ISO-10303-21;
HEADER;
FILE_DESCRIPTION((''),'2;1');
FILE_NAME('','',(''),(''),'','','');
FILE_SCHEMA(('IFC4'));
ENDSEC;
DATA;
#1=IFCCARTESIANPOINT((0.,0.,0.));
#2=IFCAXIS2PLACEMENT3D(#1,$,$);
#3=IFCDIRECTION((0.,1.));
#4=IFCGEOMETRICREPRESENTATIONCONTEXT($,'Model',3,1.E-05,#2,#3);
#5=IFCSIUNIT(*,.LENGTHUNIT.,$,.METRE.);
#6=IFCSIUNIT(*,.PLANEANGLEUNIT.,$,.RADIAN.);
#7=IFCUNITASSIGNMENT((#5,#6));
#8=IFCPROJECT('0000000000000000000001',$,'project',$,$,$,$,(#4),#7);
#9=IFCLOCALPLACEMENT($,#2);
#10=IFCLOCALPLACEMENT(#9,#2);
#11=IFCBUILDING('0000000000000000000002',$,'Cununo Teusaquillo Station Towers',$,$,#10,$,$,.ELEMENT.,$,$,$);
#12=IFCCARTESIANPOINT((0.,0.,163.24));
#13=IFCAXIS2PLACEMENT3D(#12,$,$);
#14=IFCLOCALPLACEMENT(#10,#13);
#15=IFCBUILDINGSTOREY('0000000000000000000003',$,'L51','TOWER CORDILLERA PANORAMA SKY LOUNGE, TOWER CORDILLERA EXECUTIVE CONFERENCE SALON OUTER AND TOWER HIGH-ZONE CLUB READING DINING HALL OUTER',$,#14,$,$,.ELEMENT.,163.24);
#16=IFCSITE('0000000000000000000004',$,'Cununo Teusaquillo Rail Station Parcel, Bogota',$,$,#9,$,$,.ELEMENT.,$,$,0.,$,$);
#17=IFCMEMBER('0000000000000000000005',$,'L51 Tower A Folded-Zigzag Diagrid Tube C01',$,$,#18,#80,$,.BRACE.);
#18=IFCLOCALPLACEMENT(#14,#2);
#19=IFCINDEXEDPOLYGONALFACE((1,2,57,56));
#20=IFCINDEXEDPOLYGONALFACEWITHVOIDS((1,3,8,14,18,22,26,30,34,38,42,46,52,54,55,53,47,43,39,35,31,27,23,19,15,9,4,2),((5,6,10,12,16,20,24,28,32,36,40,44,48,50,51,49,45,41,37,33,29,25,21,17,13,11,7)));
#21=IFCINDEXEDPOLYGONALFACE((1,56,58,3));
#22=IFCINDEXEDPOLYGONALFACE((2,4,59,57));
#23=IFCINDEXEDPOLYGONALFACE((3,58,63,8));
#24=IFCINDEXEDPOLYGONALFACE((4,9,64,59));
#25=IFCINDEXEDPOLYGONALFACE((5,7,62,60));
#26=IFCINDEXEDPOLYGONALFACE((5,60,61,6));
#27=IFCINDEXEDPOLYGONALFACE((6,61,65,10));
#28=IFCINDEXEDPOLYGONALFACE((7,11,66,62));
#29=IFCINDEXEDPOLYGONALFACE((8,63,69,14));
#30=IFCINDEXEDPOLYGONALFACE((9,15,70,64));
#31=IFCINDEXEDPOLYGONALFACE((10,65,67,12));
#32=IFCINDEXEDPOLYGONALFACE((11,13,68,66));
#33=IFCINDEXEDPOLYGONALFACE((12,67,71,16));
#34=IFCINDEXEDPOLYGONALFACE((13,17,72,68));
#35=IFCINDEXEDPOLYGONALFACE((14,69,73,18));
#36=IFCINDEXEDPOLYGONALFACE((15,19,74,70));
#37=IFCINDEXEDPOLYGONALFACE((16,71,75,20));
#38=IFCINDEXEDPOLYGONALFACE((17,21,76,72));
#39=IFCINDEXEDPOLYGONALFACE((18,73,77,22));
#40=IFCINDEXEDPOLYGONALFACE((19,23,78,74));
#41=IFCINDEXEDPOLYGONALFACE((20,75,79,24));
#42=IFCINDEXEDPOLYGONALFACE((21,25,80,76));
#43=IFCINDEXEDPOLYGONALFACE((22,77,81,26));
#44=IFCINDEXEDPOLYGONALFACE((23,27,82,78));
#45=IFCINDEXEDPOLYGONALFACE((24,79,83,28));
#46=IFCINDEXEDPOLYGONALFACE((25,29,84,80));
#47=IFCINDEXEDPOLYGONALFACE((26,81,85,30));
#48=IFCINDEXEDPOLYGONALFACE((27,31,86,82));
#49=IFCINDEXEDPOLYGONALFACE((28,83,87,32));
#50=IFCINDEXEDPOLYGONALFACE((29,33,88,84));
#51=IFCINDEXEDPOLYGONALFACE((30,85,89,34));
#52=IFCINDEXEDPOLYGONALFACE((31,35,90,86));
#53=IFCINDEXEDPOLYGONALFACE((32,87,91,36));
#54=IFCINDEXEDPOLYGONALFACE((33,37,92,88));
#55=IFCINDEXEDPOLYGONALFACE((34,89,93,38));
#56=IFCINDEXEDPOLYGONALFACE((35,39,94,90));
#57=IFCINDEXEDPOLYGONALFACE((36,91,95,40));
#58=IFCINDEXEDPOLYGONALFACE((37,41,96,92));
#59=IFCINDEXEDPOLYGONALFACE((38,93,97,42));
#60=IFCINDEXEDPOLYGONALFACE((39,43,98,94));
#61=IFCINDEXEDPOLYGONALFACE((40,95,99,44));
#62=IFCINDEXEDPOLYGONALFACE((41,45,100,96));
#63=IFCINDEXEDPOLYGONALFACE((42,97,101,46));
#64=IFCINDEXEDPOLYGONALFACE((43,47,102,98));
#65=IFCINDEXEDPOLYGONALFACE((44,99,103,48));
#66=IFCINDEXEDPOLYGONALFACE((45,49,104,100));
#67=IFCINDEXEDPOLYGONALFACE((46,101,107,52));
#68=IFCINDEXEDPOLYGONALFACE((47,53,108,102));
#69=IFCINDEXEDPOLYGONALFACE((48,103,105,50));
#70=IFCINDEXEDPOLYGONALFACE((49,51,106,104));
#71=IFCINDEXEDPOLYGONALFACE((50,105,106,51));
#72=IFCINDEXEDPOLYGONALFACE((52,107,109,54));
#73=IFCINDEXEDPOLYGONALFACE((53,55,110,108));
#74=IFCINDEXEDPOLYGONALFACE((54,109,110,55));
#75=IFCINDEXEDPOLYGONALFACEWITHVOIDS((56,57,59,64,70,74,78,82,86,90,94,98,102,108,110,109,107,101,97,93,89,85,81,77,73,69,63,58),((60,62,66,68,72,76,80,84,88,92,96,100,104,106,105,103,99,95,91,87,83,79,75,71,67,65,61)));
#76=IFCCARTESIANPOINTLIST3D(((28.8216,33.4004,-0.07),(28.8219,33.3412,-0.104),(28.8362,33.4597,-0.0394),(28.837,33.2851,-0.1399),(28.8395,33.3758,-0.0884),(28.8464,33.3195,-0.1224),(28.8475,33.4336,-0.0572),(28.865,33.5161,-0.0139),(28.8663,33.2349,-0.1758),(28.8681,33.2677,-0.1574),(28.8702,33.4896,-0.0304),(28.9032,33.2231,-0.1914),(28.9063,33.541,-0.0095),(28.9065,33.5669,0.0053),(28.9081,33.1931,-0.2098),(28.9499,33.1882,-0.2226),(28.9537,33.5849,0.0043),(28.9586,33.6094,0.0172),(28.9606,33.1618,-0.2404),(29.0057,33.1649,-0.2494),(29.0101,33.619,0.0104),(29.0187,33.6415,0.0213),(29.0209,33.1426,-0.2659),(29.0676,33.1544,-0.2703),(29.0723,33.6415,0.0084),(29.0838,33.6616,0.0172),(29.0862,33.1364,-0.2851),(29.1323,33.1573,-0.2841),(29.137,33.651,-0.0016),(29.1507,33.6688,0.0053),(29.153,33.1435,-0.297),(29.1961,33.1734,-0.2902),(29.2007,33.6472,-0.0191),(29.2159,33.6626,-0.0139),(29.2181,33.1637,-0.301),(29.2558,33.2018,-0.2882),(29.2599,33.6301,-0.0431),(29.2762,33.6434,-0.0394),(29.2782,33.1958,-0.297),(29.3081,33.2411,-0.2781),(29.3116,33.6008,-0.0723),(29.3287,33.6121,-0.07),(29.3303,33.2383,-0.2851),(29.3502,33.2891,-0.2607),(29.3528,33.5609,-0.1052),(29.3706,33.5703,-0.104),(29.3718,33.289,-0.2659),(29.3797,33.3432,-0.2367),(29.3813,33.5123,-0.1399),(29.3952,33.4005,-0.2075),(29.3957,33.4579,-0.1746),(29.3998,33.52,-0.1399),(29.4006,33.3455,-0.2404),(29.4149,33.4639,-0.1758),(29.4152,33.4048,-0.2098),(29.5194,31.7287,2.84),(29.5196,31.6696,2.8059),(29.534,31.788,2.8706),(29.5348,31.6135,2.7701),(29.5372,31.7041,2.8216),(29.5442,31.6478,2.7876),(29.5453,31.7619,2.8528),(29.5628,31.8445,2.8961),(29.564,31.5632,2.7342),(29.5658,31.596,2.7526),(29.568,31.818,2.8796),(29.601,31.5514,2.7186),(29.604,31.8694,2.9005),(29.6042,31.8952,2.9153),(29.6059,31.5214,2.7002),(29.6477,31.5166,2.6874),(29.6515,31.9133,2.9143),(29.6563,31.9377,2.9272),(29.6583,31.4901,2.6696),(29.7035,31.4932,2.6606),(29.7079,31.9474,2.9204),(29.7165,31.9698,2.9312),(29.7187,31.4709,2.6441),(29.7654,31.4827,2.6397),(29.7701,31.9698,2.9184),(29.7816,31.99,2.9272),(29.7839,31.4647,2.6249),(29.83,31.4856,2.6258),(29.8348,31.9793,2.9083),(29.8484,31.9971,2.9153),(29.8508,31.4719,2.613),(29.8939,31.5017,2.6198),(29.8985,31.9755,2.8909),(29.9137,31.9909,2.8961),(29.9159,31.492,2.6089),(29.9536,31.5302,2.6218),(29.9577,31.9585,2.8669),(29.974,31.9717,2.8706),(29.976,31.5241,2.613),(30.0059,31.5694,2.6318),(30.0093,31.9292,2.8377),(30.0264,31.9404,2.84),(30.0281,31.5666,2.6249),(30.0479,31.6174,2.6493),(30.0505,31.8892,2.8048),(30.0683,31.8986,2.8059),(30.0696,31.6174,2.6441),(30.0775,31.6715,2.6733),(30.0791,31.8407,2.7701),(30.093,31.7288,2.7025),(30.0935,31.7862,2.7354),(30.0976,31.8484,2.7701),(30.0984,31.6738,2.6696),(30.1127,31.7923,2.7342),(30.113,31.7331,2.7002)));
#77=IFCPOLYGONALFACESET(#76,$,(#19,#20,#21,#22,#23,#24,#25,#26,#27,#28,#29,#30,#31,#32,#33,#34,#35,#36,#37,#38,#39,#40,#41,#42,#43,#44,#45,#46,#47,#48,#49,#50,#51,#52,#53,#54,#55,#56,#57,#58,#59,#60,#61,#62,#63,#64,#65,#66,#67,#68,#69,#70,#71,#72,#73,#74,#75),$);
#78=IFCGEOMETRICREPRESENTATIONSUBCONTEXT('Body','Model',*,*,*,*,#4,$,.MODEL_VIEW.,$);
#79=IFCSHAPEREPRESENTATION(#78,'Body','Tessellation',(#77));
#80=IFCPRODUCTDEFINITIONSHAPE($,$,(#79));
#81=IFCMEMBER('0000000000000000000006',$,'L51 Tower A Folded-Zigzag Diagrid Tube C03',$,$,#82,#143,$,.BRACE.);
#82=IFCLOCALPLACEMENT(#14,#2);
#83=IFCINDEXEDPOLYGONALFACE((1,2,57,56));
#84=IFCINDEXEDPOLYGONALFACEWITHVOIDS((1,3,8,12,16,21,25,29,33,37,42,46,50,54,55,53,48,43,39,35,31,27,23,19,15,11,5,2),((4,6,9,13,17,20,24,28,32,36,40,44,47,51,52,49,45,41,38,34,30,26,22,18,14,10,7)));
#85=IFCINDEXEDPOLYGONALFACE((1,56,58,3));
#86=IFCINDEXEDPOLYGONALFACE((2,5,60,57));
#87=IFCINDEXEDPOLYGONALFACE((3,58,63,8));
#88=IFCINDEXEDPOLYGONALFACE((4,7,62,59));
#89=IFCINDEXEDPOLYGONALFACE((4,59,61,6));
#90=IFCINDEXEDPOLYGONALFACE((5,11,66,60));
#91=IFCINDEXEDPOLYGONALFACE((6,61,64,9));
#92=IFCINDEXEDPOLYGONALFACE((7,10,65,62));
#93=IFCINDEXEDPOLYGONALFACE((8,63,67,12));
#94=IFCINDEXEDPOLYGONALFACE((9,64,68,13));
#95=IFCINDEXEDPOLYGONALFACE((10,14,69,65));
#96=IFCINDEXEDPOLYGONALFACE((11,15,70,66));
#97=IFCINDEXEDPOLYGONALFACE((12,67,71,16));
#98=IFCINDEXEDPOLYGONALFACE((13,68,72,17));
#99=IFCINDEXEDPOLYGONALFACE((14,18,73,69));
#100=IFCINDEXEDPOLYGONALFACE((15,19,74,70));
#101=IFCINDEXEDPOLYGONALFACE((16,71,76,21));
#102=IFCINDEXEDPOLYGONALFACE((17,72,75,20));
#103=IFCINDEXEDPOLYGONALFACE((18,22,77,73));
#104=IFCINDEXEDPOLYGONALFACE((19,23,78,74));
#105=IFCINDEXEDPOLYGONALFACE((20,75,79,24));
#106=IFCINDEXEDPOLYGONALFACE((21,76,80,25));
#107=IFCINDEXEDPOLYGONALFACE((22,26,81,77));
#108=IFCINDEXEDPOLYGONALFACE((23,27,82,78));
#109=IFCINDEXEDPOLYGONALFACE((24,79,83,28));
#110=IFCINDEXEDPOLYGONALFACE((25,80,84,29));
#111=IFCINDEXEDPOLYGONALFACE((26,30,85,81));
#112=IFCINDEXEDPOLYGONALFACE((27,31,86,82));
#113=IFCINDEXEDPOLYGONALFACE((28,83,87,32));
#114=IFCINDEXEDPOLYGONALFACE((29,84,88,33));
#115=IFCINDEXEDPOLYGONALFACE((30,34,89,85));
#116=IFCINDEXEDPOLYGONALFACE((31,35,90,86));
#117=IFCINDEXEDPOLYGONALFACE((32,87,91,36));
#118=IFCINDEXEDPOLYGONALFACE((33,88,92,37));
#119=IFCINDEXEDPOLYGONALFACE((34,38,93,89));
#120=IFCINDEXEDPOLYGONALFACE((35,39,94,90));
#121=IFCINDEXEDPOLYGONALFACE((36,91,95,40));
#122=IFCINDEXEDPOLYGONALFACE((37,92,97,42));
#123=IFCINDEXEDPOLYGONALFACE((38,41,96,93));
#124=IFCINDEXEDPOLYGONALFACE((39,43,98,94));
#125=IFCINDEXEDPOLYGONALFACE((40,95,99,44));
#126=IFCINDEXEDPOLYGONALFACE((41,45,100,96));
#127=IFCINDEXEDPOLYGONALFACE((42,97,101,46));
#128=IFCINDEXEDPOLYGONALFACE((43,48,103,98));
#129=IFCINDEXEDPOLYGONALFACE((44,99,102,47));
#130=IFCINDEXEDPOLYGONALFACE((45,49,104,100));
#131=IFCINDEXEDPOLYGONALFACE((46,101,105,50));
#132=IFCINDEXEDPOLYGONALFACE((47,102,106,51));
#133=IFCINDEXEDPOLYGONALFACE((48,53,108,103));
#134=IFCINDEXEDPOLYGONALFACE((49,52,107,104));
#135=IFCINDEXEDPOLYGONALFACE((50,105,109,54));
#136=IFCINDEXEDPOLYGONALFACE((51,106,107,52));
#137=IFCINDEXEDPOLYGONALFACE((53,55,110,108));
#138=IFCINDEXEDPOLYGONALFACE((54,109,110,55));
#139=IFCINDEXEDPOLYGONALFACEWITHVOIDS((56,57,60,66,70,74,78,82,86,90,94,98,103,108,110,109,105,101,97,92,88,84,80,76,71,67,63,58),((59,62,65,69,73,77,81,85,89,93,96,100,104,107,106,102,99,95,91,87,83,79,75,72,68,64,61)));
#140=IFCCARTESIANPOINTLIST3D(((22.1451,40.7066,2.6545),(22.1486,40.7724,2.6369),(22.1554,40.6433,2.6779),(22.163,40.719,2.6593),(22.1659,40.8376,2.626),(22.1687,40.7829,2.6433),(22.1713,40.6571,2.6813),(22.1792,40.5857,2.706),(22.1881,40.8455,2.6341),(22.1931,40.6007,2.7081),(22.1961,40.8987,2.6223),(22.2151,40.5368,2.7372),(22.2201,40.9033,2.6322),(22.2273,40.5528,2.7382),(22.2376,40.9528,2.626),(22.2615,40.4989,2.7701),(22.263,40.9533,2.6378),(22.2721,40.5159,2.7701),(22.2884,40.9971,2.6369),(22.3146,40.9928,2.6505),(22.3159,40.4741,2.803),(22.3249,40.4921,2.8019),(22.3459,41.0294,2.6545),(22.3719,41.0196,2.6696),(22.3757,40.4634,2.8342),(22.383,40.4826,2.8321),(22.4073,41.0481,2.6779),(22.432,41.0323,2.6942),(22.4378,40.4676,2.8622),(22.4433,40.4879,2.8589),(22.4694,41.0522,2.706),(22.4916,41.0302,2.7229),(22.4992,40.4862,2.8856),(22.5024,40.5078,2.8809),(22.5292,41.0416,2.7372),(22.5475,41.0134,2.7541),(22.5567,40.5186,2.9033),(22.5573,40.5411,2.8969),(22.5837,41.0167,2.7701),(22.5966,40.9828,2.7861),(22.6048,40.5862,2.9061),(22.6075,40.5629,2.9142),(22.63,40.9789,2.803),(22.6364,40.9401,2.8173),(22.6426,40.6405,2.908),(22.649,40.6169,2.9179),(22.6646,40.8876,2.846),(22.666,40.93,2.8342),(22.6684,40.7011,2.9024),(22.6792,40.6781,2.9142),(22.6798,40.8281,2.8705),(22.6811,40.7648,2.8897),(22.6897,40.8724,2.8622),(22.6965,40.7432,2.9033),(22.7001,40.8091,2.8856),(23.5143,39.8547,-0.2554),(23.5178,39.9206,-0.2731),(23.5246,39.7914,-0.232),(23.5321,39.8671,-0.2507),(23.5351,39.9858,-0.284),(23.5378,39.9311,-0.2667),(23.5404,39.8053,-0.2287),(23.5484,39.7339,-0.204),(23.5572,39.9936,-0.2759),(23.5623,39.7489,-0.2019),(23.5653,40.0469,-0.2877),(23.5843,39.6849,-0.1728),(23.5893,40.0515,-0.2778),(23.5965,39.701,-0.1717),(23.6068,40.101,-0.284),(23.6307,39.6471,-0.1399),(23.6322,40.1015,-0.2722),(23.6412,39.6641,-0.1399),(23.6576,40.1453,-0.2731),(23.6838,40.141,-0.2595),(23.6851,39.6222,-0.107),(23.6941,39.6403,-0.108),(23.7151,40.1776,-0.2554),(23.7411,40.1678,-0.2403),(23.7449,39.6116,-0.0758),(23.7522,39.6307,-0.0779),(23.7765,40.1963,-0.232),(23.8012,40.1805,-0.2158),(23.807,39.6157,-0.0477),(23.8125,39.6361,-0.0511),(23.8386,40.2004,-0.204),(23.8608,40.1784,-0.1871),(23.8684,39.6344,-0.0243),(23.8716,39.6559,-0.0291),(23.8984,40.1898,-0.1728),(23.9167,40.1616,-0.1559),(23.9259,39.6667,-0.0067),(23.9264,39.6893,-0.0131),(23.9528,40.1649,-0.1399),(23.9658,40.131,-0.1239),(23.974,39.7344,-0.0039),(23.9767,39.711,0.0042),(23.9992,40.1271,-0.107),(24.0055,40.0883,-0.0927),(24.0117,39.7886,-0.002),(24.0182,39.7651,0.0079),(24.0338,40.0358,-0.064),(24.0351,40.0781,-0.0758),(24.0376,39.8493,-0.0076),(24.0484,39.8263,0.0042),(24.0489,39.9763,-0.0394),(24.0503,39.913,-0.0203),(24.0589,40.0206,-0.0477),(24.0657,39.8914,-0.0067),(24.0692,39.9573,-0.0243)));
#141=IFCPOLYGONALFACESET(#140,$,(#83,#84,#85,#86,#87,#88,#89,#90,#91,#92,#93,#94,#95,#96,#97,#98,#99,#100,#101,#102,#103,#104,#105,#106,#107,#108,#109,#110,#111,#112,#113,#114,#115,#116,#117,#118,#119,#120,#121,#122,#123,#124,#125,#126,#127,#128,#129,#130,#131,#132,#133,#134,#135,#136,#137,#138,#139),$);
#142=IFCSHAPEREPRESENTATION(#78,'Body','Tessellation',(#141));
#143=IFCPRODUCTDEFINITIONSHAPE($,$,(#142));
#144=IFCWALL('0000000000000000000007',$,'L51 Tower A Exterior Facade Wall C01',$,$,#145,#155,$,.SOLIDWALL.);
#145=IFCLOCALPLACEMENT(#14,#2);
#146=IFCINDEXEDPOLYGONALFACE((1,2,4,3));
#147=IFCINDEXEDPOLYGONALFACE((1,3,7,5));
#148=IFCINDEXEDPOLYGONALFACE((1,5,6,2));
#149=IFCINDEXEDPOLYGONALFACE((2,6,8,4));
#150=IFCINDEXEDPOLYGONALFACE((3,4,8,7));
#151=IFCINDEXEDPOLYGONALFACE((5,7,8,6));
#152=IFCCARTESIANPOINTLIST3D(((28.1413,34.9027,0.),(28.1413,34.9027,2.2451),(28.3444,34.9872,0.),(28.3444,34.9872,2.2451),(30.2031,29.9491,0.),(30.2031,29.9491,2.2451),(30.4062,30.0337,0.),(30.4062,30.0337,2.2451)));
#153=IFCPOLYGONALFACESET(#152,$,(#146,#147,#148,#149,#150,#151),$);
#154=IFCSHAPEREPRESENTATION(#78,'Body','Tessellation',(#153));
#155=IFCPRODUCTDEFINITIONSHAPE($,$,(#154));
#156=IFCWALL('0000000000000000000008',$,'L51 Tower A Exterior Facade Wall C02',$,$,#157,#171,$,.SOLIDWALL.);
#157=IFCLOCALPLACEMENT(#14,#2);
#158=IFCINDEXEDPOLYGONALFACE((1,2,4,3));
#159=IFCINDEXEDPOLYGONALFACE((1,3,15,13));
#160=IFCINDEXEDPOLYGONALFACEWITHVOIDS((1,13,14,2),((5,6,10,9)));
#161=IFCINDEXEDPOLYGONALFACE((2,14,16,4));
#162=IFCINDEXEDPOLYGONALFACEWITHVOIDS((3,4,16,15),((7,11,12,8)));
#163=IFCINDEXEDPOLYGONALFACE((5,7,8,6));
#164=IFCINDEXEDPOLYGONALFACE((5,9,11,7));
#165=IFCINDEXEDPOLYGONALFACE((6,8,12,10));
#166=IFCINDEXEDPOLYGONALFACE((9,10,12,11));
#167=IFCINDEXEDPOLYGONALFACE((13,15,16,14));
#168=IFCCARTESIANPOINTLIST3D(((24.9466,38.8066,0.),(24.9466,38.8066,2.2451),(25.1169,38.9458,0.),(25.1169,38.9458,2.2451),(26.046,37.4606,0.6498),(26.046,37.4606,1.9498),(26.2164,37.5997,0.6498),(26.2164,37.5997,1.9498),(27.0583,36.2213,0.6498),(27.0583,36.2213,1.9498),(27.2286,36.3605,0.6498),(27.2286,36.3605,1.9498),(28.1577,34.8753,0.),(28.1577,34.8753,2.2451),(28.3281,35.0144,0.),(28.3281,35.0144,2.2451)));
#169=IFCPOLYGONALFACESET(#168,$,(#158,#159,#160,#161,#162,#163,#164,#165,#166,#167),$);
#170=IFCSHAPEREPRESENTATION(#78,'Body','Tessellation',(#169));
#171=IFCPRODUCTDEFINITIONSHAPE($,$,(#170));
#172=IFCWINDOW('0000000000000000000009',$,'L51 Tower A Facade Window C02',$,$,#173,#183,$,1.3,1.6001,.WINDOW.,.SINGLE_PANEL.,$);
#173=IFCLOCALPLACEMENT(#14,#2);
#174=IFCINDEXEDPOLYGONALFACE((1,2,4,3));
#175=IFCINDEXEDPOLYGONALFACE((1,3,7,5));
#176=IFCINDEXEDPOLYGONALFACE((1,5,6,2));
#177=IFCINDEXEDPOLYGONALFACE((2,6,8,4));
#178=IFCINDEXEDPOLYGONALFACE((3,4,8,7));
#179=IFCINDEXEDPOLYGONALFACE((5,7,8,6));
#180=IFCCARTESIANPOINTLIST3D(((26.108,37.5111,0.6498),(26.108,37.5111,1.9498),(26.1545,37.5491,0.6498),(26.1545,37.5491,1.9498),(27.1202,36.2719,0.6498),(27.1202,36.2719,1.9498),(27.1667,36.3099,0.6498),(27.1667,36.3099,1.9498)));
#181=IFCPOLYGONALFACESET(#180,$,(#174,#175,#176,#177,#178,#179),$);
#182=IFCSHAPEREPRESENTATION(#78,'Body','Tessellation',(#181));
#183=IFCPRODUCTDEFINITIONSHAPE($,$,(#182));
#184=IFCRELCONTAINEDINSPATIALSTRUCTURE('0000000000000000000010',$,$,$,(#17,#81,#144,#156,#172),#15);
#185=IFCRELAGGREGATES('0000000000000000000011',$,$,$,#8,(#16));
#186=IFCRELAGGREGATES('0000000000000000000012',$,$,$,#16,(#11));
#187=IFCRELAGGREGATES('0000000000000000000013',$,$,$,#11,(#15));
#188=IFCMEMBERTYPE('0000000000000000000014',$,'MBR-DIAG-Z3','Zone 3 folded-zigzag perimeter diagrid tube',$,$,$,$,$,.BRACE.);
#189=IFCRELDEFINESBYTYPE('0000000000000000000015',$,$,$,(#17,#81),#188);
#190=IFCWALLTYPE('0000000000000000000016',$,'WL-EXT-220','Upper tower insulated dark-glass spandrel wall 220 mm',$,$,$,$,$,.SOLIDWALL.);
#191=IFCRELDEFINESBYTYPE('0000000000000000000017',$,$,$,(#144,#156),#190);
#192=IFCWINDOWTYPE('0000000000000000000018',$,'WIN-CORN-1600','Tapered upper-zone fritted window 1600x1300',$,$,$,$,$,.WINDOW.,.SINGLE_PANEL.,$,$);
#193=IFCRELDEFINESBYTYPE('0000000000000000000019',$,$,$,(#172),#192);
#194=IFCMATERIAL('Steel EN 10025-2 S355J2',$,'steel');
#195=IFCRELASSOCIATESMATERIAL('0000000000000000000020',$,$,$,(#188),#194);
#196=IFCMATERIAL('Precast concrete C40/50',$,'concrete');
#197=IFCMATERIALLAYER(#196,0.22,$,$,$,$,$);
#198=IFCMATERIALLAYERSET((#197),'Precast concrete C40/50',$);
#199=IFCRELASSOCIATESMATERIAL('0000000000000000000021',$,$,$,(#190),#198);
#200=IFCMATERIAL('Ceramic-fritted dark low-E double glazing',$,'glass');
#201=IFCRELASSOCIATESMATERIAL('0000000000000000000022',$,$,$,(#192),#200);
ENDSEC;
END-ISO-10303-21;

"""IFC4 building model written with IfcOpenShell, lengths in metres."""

from ifc_helpers import new_model, si_unit, direction, frame, frame_2d, origin, origin_2d, place, context, subcontext, project, spatial, rectangle, hollow_circle, extrude, source, transform, mapped, material, layer, layer_set, material_profile, profile_set, type_object, element, fill, save


model = new_model("IFC4")

# Units and contexts
model_context = context("Model", 3, precision=1e-05, world=origin(), true_north=direction((0.0, 1.0)))
body_context = subcontext(model_context, "Body", "Model", "MODEL_VIEW")
ifc_project = project(units=[si_unit("LENGTHUNIT", "METRE"), si_unit("PLANEANGLEUNIT", "RADIAN")], contexts=[model_context])

# Site, building, storey
site_placement = place(None, origin())
site = spatial("IfcSite", under=ifc_project, at=site_placement, Name="Cununo Teusaquillo Rail Station Parcel, Bogota", CompositionType="ELEMENT", RefElevation=0.0)
building_placement = place(site_placement, origin())
building = spatial("IfcBuilding", under=site, at=building_placement, Name="Cununo Teusaquillo Station Towers", CompositionType="ELEMENT")
storey_placement = place(building_placement, frame((0.0, 0.0, 163.24)))
storey = spatial("IfcBuildingStorey", under=building, at=storey_placement, Name="L51", Description="TOWER CORDILLERA PANORAMA SKY LOUNGE, TOWER CORDILLERA EXECUTIVE CONFERENCE SALON OUTER AND TOWER HIGH-ZONE CLUB READING DINING HALL OUTER", CompositionType="ELEMENT", Elevation=163.24)

# Members
ifc_material_1 = material(Name="Steel EN 10025-2 S355J2", Category="steel")
ifc_material_profile_1 = material_profile(ifc_material_1, hollow_circle(Radius=0.3049, WallThickness=0.02, at=origin_2d()), Name="CHS 610x20")
ifc_profile_set_1 = profile_set([ifc_material_profile_1], Name="Steel EN 10025-2 S355J2")
member_type = type_object("IfcMemberType", Name="MBR-DIAG-Z3", Description="Zone 3 folded-zigzag perimeter diagrid tube", PredefinedType="BRACE", material=ifc_profile_set_1)
member_1_placement = place(storey_placement, frame((29.1184, 33.4026, -0.1399), z_axis=(0.203566, -0.48769, 0.848952), x_axis=(0.922833, 0.385199, 0.0)))
element("IfcMember", 1, at=member_1_placement, inside=storey, type_object=member_type, Name="L51 Tower A Folded-Zigzag Diagrid Tube C01", PredefinedType="BRACE", context=body_context, shape_type="SweptSolid", body=[
    extrude(hollow_circle(Radius=0.3049, WallThickness=0.02, at=origin_2d()), origin(), (0.0, 0.0, 1.0), 3.4277),
])
member_2_placement = place(storey_placement, frame((23.7917, 39.906, -0.1399), z_axis=(-0.411547, 0.256043, 0.874684), x_axis=(-0.528256, -0.849085, 0.0)))
element("IfcMember", 2, at=member_2_placement, inside=storey, type_object=member_type, Name="L51 Tower A Folded-Zigzag Diagrid Tube C03", PredefinedType="BRACE", context=body_context, shape_type="SweptSolid", body=[
    extrude(hollow_circle(Radius=0.3049, WallThickness=0.02, at=origin_2d()), origin(), (0.0, 0.0, 1.0), 3.3269),
])

# Wall
ifc_material_2 = material(Name="Precast concrete C40/50", Category="concrete")
ifc_layer_1 = layer(ifc_material_2, 0.22)
ifc_layer_set_1 = layer_set([ifc_layer_1], Name="Precast concrete C40/50")
wall_type_1 = type_object("IfcWallType", Name="WL-EXT-220", Description="Upper tower insulated dark-glass spandrel wall 220 mm", PredefinedType="SOLIDWALL", material=ifc_layer_set_1)
wall_1_placement = place(storey_placement, frame((28.2429, 34.9448, 0.0), z_axis=(0.0, 0.0, 1.0), x_axis=(0.38426, -0.923225, 0.0)))
element("IfcWall", 3, at=wall_1_placement, inside=storey, type_object=wall_type_1, Name="L51 Tower A Exterior Facade Wall C01", PredefinedType="SOLIDWALL", context=body_context, shape_type="SweptSolid", body=[
    extrude(rectangle(XDim=5.3655, YDim=0.22, at=frame_2d((2.6826, 0.0))), origin(), (0.0, 0.0, 1.0), 2.2451),
])

# Wall, opening, window
wall_2_placement = place(storey_placement, frame((25.0317, 38.8762, 0.0), z_axis=(0.0, 0.0, 1.0), x_axis=(0.632599, -0.77448, 0.0)))
wall_2 = element("IfcWall", 4, at=wall_2_placement, inside=storey, type_object=wall_type_1, Name="L51 Tower A Exterior Facade Wall C02", PredefinedType="SOLIDWALL", context=body_context, shape_type="SweptSolid", body=[
    extrude(rectangle(XDim=5.0762, YDim=0.22, at=frame_2d((2.5381, 0.0))), origin(), (0.0, 0.0, 1.0), 2.2451),
])
shared_shape_1 = source(origin(), body_context, "Body", "SweptSolid", [
    extrude(rectangle(XDim=1.6001, YDim=1.3, at=frame_2d((0.8, 0.6499))), frame((0.0, 0.1199, 0.0), z_axis=(0.0, -1.0, 0.0), x_axis=(1.0, 0.0, 0.0)), (0.0, 0.0, 1.0), 0.24),
])
opening_1_placement = place(wall_2_placement, frame((1.738, 0.0, 0.6499)))
opening_1 = element("IfcOpeningElement", 5, at=opening_1_placement, cuts=wall_2, PredefinedType="OPENING", context=body_context, shape_type="MappedRepresentation", body=[
    mapped(shared_shape_1, transform((0.0, 0.0, 0.0), x_axis=(1.0, 0.0, 0.0), y_axis=(0.0, 1.0, 0.0), z_axis=(0.0, 0.0, 1.0), scale=1.0)),
])
ifc_material_3 = material(Name="Ceramic-fritted dark low-E double glazing", Category="glass")
window_type = type_object("IfcWindowType", Name="WIN-CORN-1600", Description="Tapered upper-zone fritted window 1600x1300", PartitioningType="SINGLE_PANEL", PredefinedType="WINDOW", material=ifc_material_3)
shared_shape_2 = source(origin(), body_context, "Body", "SweptSolid", [
    extrude(rectangle(XDim=1.6001, YDim=1.3, at=frame_2d((0.8, 0.6499))), frame((0.0, 0.03, 0.0), z_axis=(0.0, -1.0, 0.0), x_axis=(1.0, 0.0, 0.0)), (0.0, 0.0, 1.0), 0.0601),
])
window_1_placement = place(opening_1_placement, origin())
window_1 = element("IfcWindow", 6, at=window_1_placement, inside=storey, type_object=window_type, Name="L51 Tower A Facade Window C02", OverallHeight=1.3, OverallWidth=1.6001, PartitioningType="SINGLE_PANEL", PredefinedType="WINDOW", context=body_context, shape_type="MappedRepresentation", body=[
    mapped(shared_shape_2, transform((0.0, 0.0, 0.0), x_axis=(1.0, 0.0, 0.0), y_axis=(0.0, 1.0, 0.0), z_axis=(0.0, 0.0, 1.0), scale=1.0)),
])
fill(opening_1, window_1)

save(model, "model.ifc")
